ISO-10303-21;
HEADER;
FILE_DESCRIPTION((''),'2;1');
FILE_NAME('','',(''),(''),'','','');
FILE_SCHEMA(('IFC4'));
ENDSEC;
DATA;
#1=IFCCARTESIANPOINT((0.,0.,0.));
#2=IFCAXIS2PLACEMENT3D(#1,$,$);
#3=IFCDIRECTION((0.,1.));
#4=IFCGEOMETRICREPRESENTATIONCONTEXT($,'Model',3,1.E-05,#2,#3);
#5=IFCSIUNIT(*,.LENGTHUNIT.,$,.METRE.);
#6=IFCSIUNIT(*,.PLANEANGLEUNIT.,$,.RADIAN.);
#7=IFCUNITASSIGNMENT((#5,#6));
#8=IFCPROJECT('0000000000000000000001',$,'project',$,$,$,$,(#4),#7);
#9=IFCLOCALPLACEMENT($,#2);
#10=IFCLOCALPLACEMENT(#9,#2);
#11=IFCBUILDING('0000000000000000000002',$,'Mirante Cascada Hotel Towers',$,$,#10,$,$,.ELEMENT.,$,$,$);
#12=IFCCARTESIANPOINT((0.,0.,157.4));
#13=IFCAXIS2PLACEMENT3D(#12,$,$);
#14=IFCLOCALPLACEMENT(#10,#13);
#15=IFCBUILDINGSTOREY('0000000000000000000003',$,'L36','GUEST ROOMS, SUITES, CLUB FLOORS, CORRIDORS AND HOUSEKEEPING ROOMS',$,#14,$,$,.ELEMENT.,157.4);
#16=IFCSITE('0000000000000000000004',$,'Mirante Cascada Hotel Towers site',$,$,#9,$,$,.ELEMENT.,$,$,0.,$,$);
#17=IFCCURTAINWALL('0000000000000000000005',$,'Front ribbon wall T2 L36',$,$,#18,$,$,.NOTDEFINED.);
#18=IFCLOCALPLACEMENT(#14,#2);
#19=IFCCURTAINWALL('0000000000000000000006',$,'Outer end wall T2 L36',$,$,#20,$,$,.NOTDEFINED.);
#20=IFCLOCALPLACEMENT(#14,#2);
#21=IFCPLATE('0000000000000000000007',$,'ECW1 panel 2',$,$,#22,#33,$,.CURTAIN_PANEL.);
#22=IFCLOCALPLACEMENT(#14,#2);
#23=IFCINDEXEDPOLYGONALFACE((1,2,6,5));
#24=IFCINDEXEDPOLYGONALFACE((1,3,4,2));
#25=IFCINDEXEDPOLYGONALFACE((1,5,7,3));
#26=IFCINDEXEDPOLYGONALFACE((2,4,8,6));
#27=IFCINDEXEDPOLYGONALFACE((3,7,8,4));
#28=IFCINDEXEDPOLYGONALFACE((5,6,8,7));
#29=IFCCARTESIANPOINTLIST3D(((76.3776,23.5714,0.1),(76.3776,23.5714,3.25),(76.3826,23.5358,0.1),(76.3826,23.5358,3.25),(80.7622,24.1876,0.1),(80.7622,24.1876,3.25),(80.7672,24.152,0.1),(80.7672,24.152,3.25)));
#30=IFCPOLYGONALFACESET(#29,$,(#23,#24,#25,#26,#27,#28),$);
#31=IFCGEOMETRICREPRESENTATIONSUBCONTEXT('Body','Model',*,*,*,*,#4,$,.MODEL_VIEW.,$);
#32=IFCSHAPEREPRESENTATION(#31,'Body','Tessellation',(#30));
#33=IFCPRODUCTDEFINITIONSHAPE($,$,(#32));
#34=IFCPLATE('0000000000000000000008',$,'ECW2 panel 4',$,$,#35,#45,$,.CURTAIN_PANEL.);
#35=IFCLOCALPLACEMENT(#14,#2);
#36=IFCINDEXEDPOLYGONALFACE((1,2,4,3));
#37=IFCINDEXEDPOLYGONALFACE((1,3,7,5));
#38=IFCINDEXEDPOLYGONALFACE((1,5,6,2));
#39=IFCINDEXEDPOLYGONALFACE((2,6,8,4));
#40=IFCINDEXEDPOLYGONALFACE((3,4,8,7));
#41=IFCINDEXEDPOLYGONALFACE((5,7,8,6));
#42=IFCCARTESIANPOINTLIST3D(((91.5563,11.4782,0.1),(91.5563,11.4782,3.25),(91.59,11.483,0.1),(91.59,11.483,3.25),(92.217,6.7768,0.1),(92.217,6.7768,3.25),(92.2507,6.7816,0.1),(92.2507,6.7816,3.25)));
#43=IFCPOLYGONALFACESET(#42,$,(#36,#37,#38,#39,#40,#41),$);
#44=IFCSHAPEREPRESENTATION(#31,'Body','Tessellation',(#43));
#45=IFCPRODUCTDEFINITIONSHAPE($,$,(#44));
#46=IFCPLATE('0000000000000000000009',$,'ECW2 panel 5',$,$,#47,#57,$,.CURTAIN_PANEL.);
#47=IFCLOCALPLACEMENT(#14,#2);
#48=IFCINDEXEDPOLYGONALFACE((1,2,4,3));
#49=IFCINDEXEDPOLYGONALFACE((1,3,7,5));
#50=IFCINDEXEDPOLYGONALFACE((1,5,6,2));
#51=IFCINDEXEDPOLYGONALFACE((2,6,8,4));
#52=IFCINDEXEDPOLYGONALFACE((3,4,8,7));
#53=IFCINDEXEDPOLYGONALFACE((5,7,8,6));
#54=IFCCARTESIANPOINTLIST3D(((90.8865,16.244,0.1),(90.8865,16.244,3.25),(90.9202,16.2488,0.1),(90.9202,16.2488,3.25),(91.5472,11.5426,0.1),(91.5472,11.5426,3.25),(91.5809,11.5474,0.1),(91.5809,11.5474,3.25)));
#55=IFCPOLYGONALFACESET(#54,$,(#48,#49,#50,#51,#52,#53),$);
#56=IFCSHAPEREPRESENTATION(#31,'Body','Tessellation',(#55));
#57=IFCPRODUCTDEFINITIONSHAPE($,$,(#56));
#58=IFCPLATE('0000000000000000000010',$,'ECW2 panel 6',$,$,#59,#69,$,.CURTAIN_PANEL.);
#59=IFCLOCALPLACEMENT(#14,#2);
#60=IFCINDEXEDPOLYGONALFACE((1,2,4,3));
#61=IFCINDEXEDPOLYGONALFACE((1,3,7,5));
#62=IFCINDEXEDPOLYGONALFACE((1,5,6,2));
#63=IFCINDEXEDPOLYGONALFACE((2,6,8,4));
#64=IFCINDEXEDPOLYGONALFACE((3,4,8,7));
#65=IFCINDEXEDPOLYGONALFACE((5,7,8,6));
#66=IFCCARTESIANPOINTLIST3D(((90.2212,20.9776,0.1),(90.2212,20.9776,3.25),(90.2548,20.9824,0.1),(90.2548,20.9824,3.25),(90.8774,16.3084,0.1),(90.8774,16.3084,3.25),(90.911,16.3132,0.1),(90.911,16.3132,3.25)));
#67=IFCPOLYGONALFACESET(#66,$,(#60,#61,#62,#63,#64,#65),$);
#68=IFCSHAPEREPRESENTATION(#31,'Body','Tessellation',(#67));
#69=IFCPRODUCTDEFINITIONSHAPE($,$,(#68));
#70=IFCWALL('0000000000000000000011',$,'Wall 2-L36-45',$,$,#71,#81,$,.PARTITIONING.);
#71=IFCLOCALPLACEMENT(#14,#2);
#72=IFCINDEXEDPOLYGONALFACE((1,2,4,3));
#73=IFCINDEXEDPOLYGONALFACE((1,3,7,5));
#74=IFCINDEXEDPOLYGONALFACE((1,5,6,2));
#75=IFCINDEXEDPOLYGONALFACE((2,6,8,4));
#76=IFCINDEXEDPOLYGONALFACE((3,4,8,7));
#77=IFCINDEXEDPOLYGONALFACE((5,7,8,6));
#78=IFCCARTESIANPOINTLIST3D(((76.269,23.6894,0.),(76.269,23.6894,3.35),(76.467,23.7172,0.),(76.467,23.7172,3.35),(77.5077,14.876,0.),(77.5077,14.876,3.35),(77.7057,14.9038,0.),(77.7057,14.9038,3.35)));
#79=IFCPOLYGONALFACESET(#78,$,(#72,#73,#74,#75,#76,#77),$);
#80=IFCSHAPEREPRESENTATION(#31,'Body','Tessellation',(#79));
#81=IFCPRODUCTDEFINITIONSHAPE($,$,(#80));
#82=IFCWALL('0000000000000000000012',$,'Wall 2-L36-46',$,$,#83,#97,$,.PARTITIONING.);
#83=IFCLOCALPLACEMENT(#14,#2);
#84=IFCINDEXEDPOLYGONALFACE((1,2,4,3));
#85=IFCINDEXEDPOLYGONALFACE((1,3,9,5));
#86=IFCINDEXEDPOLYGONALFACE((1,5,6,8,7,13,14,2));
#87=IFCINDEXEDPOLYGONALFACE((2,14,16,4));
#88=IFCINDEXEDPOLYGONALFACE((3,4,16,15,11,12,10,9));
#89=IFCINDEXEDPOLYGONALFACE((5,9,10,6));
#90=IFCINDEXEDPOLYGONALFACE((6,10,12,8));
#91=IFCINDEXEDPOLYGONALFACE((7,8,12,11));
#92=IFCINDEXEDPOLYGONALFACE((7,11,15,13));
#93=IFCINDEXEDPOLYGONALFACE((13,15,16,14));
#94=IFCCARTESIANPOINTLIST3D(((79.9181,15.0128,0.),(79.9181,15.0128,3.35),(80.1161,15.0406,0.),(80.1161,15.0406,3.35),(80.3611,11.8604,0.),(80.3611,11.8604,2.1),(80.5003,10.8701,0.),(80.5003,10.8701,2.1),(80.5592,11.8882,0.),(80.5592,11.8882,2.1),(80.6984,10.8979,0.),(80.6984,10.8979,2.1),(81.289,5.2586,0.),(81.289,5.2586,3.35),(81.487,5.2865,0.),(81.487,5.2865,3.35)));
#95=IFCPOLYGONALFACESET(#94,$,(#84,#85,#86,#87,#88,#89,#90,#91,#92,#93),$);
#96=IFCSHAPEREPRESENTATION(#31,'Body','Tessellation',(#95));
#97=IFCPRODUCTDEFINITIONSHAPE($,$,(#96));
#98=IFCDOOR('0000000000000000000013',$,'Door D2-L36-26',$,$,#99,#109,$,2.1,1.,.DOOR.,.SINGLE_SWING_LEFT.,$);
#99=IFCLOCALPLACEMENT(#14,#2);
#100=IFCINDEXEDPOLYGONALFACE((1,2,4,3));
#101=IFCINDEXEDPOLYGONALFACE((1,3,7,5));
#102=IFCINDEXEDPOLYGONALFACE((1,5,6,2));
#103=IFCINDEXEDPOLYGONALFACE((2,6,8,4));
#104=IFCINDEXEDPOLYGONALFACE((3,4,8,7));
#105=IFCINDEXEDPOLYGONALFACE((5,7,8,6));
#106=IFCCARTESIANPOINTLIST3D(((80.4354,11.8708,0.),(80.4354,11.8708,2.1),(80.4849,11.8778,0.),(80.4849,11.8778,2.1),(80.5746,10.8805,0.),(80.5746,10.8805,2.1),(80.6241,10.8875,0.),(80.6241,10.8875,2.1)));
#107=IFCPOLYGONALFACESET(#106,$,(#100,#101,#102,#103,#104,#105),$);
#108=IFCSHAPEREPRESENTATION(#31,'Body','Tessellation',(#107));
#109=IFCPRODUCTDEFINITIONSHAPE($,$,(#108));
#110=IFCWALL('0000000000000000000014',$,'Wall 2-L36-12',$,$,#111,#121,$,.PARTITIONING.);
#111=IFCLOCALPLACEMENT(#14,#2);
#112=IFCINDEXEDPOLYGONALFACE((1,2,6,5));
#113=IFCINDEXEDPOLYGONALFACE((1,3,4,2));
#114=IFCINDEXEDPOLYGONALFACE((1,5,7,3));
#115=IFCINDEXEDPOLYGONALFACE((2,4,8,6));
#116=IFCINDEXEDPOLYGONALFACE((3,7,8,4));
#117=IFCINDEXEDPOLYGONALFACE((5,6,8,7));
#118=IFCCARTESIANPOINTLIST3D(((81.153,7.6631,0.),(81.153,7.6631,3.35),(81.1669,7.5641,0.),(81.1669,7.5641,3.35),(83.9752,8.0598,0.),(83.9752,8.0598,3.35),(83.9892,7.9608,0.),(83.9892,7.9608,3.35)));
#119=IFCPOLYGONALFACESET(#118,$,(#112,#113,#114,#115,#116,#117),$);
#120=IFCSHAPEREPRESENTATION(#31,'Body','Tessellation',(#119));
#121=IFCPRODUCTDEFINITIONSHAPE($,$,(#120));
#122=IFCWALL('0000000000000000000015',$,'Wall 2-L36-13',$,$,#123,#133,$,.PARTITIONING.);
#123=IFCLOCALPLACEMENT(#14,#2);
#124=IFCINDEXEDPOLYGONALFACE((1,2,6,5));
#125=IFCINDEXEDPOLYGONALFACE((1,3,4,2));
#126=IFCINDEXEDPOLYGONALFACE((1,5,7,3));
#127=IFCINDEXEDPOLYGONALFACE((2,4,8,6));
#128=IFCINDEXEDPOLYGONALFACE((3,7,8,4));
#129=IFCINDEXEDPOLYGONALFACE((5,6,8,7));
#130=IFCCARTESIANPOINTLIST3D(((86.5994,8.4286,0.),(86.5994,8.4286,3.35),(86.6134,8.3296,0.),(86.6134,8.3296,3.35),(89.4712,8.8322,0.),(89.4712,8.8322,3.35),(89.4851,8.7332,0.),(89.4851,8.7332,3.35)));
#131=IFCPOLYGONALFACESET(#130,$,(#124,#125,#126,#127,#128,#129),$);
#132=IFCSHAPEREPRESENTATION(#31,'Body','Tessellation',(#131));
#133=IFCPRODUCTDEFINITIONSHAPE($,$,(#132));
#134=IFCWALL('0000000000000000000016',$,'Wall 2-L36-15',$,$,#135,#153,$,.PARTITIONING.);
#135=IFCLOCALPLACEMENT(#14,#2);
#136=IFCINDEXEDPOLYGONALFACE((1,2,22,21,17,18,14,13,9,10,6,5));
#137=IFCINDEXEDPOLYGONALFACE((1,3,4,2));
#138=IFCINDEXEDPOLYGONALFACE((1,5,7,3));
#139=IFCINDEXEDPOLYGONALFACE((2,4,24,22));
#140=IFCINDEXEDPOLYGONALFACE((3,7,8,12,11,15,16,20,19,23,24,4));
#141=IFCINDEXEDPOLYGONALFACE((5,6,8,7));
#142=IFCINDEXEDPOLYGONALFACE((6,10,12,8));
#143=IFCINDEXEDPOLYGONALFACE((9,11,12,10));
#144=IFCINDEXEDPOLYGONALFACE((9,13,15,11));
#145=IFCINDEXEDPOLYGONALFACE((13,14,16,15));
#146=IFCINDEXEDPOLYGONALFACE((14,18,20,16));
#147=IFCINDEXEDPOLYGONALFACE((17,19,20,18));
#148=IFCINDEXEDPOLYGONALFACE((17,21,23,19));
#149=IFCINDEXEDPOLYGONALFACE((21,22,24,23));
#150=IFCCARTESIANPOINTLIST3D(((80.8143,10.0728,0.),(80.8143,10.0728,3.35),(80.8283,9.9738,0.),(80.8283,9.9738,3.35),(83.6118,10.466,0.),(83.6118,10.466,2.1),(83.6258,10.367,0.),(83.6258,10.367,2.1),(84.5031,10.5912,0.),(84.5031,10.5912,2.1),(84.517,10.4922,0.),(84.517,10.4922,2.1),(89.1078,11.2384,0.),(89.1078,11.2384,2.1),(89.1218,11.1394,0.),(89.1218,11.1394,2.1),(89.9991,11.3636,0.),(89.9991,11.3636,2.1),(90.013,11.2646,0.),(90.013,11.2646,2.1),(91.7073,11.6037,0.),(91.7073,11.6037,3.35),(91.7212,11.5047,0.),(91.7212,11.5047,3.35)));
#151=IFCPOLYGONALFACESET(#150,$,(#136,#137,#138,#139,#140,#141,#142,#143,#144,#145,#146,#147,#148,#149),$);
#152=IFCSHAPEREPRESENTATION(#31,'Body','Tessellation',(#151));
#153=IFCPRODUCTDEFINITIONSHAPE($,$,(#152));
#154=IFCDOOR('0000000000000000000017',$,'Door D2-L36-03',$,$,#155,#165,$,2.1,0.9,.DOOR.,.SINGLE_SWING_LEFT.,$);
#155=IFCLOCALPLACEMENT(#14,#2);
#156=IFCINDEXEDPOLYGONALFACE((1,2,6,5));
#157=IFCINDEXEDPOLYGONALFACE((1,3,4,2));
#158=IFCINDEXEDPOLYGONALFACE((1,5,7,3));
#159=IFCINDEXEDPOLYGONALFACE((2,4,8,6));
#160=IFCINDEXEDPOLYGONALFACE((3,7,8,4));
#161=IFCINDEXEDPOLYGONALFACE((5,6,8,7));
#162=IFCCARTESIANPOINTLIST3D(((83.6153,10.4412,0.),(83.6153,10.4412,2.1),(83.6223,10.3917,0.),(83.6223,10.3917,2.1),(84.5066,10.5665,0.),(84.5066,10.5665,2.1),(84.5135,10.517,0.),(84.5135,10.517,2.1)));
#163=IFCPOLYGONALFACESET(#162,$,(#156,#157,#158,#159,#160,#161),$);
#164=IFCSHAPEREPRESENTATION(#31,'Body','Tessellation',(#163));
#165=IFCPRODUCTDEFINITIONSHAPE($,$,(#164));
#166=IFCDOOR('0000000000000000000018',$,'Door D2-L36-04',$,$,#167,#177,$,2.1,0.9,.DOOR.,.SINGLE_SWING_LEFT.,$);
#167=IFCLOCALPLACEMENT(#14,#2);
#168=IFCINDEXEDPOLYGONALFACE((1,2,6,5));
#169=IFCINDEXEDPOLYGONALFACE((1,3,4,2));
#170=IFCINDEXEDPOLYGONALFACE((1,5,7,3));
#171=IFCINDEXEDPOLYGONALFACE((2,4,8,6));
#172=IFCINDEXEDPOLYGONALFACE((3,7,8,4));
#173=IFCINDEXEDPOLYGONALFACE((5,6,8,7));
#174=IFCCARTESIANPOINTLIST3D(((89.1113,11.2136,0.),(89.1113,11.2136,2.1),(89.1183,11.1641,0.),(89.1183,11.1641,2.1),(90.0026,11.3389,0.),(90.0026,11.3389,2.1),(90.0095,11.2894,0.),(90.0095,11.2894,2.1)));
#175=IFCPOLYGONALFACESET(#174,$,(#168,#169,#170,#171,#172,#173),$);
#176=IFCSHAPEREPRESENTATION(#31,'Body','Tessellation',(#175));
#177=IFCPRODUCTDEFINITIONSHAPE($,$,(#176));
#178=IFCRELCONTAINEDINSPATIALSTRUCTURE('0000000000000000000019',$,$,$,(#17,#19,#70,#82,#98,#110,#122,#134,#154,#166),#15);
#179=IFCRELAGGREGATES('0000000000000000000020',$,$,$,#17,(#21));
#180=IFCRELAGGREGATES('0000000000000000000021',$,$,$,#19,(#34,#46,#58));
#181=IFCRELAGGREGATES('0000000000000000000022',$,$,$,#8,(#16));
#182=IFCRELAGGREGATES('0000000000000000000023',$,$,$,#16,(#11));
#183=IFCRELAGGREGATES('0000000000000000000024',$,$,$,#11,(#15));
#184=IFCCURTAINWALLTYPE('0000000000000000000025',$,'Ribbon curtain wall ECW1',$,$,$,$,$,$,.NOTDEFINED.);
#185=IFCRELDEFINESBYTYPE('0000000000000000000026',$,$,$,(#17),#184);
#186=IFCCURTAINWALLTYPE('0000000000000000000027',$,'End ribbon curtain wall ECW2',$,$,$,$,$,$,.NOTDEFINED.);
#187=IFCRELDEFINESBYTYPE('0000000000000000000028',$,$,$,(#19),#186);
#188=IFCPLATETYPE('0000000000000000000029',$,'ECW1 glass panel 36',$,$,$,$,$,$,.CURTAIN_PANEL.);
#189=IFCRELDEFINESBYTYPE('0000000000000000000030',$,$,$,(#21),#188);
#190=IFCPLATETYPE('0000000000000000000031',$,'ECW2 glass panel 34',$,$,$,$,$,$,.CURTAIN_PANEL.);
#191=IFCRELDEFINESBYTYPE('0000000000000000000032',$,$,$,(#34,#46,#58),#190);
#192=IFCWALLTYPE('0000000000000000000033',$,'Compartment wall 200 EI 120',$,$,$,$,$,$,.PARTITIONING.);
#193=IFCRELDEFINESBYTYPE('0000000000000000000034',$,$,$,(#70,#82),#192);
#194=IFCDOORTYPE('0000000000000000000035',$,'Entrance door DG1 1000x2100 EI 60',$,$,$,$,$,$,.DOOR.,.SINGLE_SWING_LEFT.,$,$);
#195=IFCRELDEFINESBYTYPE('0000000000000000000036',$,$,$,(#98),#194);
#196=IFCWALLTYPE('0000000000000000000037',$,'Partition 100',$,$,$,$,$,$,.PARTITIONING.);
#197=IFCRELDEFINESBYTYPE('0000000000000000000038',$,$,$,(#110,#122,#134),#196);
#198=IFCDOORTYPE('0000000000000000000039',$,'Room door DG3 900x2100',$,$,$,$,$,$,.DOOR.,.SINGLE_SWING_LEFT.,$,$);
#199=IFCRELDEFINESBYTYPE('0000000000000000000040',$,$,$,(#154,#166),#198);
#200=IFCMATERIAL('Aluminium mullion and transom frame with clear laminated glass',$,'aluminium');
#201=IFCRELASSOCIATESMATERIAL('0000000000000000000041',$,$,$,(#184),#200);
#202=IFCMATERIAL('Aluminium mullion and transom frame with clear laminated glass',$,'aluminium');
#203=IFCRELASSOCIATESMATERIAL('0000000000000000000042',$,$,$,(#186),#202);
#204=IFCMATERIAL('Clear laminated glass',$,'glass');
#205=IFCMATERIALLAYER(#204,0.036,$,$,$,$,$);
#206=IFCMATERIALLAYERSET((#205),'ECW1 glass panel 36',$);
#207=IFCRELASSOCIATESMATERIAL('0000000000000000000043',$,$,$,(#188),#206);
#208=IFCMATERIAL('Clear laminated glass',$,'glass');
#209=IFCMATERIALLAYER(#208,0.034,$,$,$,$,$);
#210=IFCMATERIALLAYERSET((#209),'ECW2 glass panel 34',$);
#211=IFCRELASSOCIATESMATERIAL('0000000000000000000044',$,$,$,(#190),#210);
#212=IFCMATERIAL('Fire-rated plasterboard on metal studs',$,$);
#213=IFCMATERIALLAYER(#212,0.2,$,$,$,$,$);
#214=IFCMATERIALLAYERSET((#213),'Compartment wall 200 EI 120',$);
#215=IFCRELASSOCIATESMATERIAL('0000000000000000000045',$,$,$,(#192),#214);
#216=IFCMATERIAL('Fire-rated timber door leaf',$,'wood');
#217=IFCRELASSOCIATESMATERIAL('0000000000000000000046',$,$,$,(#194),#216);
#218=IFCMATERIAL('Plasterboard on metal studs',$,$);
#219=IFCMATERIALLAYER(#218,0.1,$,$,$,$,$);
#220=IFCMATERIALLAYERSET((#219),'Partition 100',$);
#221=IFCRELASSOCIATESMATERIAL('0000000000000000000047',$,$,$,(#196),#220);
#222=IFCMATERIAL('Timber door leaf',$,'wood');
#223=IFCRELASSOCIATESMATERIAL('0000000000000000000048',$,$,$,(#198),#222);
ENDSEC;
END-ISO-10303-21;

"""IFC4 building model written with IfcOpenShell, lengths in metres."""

from ifc_helpers import new_model, si_unit, direction, frame, frame_2d, origin, origin_2d, place, context, subcontext, project, spatial, rectangle, extrude, material, layer, layer_set, type_object, element, fill, aggregate, save


model = new_model("IFC4")

# Units and contexts
model_context = context("Model", 3, precision=1e-05, world=origin(), true_north=direction((0.0, 1.0)))
body_context = subcontext(model_context, "Body", "Model", "MODEL_VIEW")
ifc_project = project(units=[si_unit("LENGTHUNIT", "METRE"), si_unit("PLANEANGLEUNIT", "RADIAN")], contexts=[model_context])

# Site, building, storey
site_placement = place(None, origin())
site = spatial("IfcSite", under=ifc_project, at=site_placement, Name="Mirante Cascada Hotel Towers site", CompositionType="ELEMENT", RefElevation=0.0)
building_placement = place(site_placement, origin())
building = spatial("IfcBuilding", under=site, at=building_placement, Name="Mirante Cascada Hotel Towers", CompositionType="ELEMENT")
storey_placement = place(building_placement, frame((0.0, 0.0, 157.4)))
storey = spatial("IfcBuildingStorey", under=building, at=storey_placement, Name="L36", Description="GUEST ROOMS, SUITES, CLUB FLOORS, CORRIDORS AND HOUSEKEEPING ROOMS", CompositionType="ELEMENT", Elevation=157.4)

# Curtain walls
ifc_material_1 = material(Name="Aluminium mullion and transom frame with clear laminated glass", Category="aluminium")
curtain_wall_type_1 = type_object("IfcCurtainWallType", Name="Ribbon curtain wall ECW1", PredefinedType="NOTDEFINED", material=ifc_material_1)
curtain_wall_1_placement = place(storey_placement, origin())
curtain_wall_1 = element("IfcCurtainWall", 1, at=curtain_wall_1_placement, inside=storey, type_object=curtain_wall_type_1, Name="Front ribbon wall T2 L36", PredefinedType="NOTDEFINED")
ifc_material_2 = material(Name="Aluminium mullion and transom frame with clear laminated glass", Category="aluminium")
curtain_wall_type_2 = type_object("IfcCurtainWallType", Name="End ribbon curtain wall ECW2", PredefinedType="NOTDEFINED", material=ifc_material_2)
curtain_wall_2_placement = place(storey_placement, origin())
curtain_wall_2 = element("IfcCurtainWall", 2, at=curtain_wall_2_placement, inside=storey, type_object=curtain_wall_type_2, Name="Outer end wall T2 L36", PredefinedType="NOTDEFINED")

# Plates
ifc_material_3 = material(Name="Clear laminated glass", Category="glass")
ifc_layer_1 = layer(ifc_material_3, 0.036)
ifc_layer_set_1 = layer_set([ifc_layer_1], Name="ECW1 glass panel 36")
plate_type_1 = type_object("IfcPlateType", Name="ECW1 glass panel 36", PredefinedType="CURTAIN_PANEL", material=ifc_layer_set_1)
plate_1_placement = place(storey_placement, frame((78.5724, 23.8617, 0.1), z_axis=(0.0, 0.0, 1.0), x_axis=(-0.990268, -0.139173, 0.0)))
plate_1 = element("IfcPlate", 3, at=plate_1_placement, type_object=plate_type_1, Name="ECW1 panel 2", PredefinedType="CURTAIN_PANEL", context=body_context, shape_type="SweptSolid", body=[
    extrude(rectangle(XDim=4.4276, YDim=0.036, at=origin_2d()), origin(), (0.0, 0.0, 1.0), 3.15),
])
aggregate(curtain_wall_1, [plate_1])
ifc_material_4 = material(Name="Clear laminated glass", Category="glass")
ifc_layer_2 = layer(ifc_material_4, 0.034)
ifc_layer_set_2 = layer_set([ifc_layer_2], Name="ECW2 glass panel 34")
plate_type_2 = type_object("IfcPlateType", Name="ECW2 glass panel 34", PredefinedType="CURTAIN_PANEL", material=ifc_layer_set_2)
plate_2_placement = place(storey_placement, frame((91.9035, 9.1299, 0.1), z_axis=(0.0, 0.0, 1.0), x_axis=(-0.139173, 0.990268, 0.0)))
plate_2 = element("IfcPlate", 4, at=plate_2_placement, type_object=plate_type_2, Name="ECW2 panel 4", PredefinedType="CURTAIN_PANEL", context=body_context, shape_type="SweptSolid", body=[
    extrude(rectangle(XDim=4.7476, YDim=0.034, at=origin_2d()), origin(), (0.0, 0.0, 1.0), 3.15),
])
plate_3_placement = place(storey_placement, frame((91.2337, 13.8957, 0.1), z_axis=(0.0, 0.0, 1.0), x_axis=(-0.139173, 0.990268, 0.0)))
plate_3 = element("IfcPlate", 5, at=plate_3_placement, type_object=plate_type_2, Name="ECW2 panel 5", PredefinedType="CURTAIN_PANEL", context=body_context, shape_type="SweptSolid", body=[
    extrude(rectangle(XDim=4.7476, YDim=0.034, at=origin_2d()), origin(), (0.0, 0.0, 1.0), 3.15),
])
plate_4_placement = place(storey_placement, frame((90.5661, 18.6454, 0.1), z_axis=(0.0, 0.0, 1.0), x_axis=(-0.139173, 0.990268, 0.0)))
plate_4 = element("IfcPlate", 6, at=plate_4_placement, type_object=plate_type_2, Name="ECW2 panel 6", PredefinedType="CURTAIN_PANEL", context=body_context, shape_type="SweptSolid", body=[
    extrude(rectangle(XDim=4.7151, YDim=0.034, at=origin_2d()), origin(), (0.0, 0.0, 1.0), 3.15),
])
aggregate(curtain_wall_2, [plate_2, plate_3, plate_4])

# Wall
ifc_material_5 = material(Name="Fire-rated plasterboard on metal studs")
ifc_layer_3 = layer(ifc_material_5, 0.2)
ifc_layer_set_3 = layer_set([ifc_layer_3], Name="Compartment wall 200 EI 120")
wall_type_1 = type_object("IfcWallType", Name="Compartment wall 200 EI 120", PredefinedType="PARTITIONING", material=ifc_layer_set_3)
wall_1_placement = place(storey_placement, frame((77.6067, 14.8899, 0.0), z_axis=(0.0, 0.0, 1.0), x_axis=(-0.139179, 0.990267, 0.0)))
element("IfcWall", 7, at=wall_1_placement, inside=storey, type_object=wall_type_1, Name="Wall 2-L36-45", PredefinedType="PARTITIONING", context=body_context, shape_type="SweptSolid", body=[
    extrude(rectangle(XDim=8.9, YDim=0.2, at=frame_2d((4.45, 0.0))), origin(), (0.0, 0.0, 1.0), 3.35),
])

# Wall, opening, door
wall_2_placement = place(storey_placement, frame((80.0171, 15.0267, 0.0), z_axis=(0.0, 0.0, 1.0), x_axis=(0.139178, -0.990267, 0.0)))
wall_2 = element("IfcWall", 8, at=wall_2_placement, inside=storey, type_object=wall_type_1, Name="Wall 2-L36-46", PredefinedType="PARTITIONING", context=body_context, shape_type="SweptSolid", body=[
    extrude(rectangle(XDim=9.85, YDim=0.2, at=frame_2d((4.925, 0.0))), origin(), (0.0, 0.0, 1.0), 3.35),
])
opening_1_placement = place(wall_2_placement, frame((3.1834, 0.0, 0.0)))
opening_1 = element("IfcOpeningElement", 9, at=opening_1_placement, cuts=wall_2, PredefinedType="OPENING", context=body_context, shape_type="SweptSolid", body=[
    extrude(rectangle(XDim=1.0, YDim=2.1, at=frame_2d((0.5, 1.05))), frame((0.0, 0.1, 0.0), z_axis=(0.0, -1.0, 0.0), x_axis=(1.0, 0.0, 0.0)), (0.0, 0.0, 1.0), 0.2),
])
ifc_material_6 = material(Name="Fire-rated timber door leaf", Category="wood")
door_type_1 = type_object("IfcDoorType", Name="Entrance door DG1 1000x2100 EI 60", OperationType="SINGLE_SWING_LEFT", PredefinedType="DOOR", material=ifc_material_6)
door_1_placement = place(opening_1_placement, origin())
door_1 = element("IfcDoor", 10, at=door_1_placement, inside=storey, type_object=door_type_1, Name="Door D2-L36-26", OperationType="SINGLE_SWING_LEFT", OverallHeight=2.1, OverallWidth=1.0, PredefinedType="DOOR", context=body_context, shape_type="SweptSolid", body=[
    extrude(rectangle(XDim=1.0, YDim=2.1, at=frame_2d((0.5, 1.05))), frame((0.0, 0.025, 0.0), z_axis=(0.0, -1.0, 0.0), x_axis=(1.0, 0.0, 0.0)), (0.0, 0.0, 1.0), 0.05),
])
fill(opening_1, door_1)

# Walls
ifc_material_7 = material(Name="Plasterboard on metal studs")
ifc_layer_4 = layer(ifc_material_7, 0.1)
ifc_layer_set_4 = layer_set([ifc_layer_4], Name="Partition 100")
wall_type_2 = type_object("IfcWallType", Name="Partition 100", PredefinedType="PARTITIONING", material=ifc_layer_set_4)
wall_3_placement = place(storey_placement, frame((83.9822, 8.0103, 0.0), z_axis=(0.0, 0.0, 1.0), x_axis=(-0.990266, -0.139191, 0.0)))
element("IfcWall", 11, at=wall_3_placement, inside=storey, type_object=wall_type_2, Name="Wall 2-L36-12", PredefinedType="PARTITIONING", context=body_context, shape_type="SweptSolid", body=[
    extrude(rectangle(XDim=2.85, YDim=0.1, at=frame_2d((1.425, 0.0))), origin(), (0.0, 0.0, 1.0), 3.35),
])
wall_4_placement = place(storey_placement, frame((86.6064, 8.3791, 0.0), z_axis=(0.0, 0.0, 1.0), x_axis=(0.990268, 0.139171, 0.0)))
element("IfcWall", 12, at=wall_4_placement, inside=storey, type_object=wall_type_2, Name="Wall 2-L36-13", PredefinedType="PARTITIONING", context=body_context, shape_type="SweptSolid", body=[
    extrude(rectangle(XDim=2.9, YDim=0.1, at=frame_2d((1.45, 0.0))), origin(), (0.0, 0.0, 1.0), 3.35),
])

# Wall, openings, doors
wall_5_placement = place(storey_placement, frame((80.8213, 10.0233, 0.0), z_axis=(0.0, 0.0, 1.0), x_axis=(0.990268, 0.139173, 0.0)))
wall_5 = element("IfcWall", 13, at=wall_5_placement, inside=storey, type_object=wall_type_2, Name="Wall 2-L36-15", PredefinedType="PARTITIONING", context=body_context, shape_type="SweptSolid", body=[
    extrude(rectangle(XDim=11.0, YDim=0.1, at=frame_2d((5.5, 0.0))), origin(), (0.0, 0.0, 1.0), 3.35),
])
opening_2_placement = place(wall_5_placement, frame((2.825, 0.0, 0.0)))
opening_2 = element("IfcOpeningElement", 14, at=opening_2_placement, cuts=wall_5, PredefinedType="OPENING", context=body_context, shape_type="SweptSolid", body=[
    extrude(rectangle(XDim=0.9, YDim=2.1, at=frame_2d((0.45, 1.05))), frame((0.0, 0.05, 0.0), z_axis=(0.0, -1.0, 0.0), x_axis=(1.0, 0.0, 0.0)), (0.0, 0.0, 1.0), 0.1),
])
opening_3_placement = place(wall_5_placement, frame((8.375, 0.0, 0.0)))
opening_3 = element("IfcOpeningElement", 15, at=opening_3_placement, cuts=wall_5, PredefinedType="OPENING", context=body_context, shape_type="SweptSolid", body=[
    extrude(rectangle(XDim=0.9, YDim=2.1, at=frame_2d((0.45, 1.05))), frame((0.0, 0.05, 0.0), z_axis=(0.0, -1.0, 0.0), x_axis=(1.0, 0.0, 0.0)), (0.0, 0.0, 1.0), 0.1),
])
ifc_material_8 = material(Name="Timber door leaf", Category="wood")
door_type_2 = type_object("IfcDoorType", Name="Room door DG3 900x2100", OperationType="SINGLE_SWING_LEFT", PredefinedType="DOOR", material=ifc_material_8)
door_2_placement = place(opening_2_placement, origin())
door_2 = element("IfcDoor", 16, at=door_2_placement, inside=storey, type_object=door_type_2, Name="Door D2-L36-03", OperationType="SINGLE_SWING_LEFT", OverallHeight=2.1, OverallWidth=0.9, PredefinedType="DOOR", context=body_context, shape_type="SweptSolid", body=[
    extrude(rectangle(XDim=0.9, YDim=2.1, at=frame_2d((0.45, 1.05))), frame((0.0, 0.025, 0.0), z_axis=(0.0, -1.0, 0.0), x_axis=(1.0, 0.0, 0.0)), (0.0, 0.0, 1.0), 0.05),
])
fill(opening_2, door_2)
door_3_placement = place(opening_3_placement, origin())
door_3 = element("IfcDoor", 17, at=door_3_placement, inside=storey, type_object=door_type_2, Name="Door D2-L36-04", OperationType="SINGLE_SWING_LEFT", OverallHeight=2.1, OverallWidth=0.9, PredefinedType="DOOR", context=body_context, shape_type="SweptSolid", body=[
    extrude(rectangle(XDim=0.9, YDim=2.1, at=frame_2d((0.45, 1.05))), frame((0.0, 0.025, 0.0), z_axis=(0.0, -1.0, 0.0), x_axis=(1.0, 0.0, 0.0)), (0.0, 0.0, 1.0), 0.05),
])
fill(opening_3, door_3)

save(model, "model.ifc")
